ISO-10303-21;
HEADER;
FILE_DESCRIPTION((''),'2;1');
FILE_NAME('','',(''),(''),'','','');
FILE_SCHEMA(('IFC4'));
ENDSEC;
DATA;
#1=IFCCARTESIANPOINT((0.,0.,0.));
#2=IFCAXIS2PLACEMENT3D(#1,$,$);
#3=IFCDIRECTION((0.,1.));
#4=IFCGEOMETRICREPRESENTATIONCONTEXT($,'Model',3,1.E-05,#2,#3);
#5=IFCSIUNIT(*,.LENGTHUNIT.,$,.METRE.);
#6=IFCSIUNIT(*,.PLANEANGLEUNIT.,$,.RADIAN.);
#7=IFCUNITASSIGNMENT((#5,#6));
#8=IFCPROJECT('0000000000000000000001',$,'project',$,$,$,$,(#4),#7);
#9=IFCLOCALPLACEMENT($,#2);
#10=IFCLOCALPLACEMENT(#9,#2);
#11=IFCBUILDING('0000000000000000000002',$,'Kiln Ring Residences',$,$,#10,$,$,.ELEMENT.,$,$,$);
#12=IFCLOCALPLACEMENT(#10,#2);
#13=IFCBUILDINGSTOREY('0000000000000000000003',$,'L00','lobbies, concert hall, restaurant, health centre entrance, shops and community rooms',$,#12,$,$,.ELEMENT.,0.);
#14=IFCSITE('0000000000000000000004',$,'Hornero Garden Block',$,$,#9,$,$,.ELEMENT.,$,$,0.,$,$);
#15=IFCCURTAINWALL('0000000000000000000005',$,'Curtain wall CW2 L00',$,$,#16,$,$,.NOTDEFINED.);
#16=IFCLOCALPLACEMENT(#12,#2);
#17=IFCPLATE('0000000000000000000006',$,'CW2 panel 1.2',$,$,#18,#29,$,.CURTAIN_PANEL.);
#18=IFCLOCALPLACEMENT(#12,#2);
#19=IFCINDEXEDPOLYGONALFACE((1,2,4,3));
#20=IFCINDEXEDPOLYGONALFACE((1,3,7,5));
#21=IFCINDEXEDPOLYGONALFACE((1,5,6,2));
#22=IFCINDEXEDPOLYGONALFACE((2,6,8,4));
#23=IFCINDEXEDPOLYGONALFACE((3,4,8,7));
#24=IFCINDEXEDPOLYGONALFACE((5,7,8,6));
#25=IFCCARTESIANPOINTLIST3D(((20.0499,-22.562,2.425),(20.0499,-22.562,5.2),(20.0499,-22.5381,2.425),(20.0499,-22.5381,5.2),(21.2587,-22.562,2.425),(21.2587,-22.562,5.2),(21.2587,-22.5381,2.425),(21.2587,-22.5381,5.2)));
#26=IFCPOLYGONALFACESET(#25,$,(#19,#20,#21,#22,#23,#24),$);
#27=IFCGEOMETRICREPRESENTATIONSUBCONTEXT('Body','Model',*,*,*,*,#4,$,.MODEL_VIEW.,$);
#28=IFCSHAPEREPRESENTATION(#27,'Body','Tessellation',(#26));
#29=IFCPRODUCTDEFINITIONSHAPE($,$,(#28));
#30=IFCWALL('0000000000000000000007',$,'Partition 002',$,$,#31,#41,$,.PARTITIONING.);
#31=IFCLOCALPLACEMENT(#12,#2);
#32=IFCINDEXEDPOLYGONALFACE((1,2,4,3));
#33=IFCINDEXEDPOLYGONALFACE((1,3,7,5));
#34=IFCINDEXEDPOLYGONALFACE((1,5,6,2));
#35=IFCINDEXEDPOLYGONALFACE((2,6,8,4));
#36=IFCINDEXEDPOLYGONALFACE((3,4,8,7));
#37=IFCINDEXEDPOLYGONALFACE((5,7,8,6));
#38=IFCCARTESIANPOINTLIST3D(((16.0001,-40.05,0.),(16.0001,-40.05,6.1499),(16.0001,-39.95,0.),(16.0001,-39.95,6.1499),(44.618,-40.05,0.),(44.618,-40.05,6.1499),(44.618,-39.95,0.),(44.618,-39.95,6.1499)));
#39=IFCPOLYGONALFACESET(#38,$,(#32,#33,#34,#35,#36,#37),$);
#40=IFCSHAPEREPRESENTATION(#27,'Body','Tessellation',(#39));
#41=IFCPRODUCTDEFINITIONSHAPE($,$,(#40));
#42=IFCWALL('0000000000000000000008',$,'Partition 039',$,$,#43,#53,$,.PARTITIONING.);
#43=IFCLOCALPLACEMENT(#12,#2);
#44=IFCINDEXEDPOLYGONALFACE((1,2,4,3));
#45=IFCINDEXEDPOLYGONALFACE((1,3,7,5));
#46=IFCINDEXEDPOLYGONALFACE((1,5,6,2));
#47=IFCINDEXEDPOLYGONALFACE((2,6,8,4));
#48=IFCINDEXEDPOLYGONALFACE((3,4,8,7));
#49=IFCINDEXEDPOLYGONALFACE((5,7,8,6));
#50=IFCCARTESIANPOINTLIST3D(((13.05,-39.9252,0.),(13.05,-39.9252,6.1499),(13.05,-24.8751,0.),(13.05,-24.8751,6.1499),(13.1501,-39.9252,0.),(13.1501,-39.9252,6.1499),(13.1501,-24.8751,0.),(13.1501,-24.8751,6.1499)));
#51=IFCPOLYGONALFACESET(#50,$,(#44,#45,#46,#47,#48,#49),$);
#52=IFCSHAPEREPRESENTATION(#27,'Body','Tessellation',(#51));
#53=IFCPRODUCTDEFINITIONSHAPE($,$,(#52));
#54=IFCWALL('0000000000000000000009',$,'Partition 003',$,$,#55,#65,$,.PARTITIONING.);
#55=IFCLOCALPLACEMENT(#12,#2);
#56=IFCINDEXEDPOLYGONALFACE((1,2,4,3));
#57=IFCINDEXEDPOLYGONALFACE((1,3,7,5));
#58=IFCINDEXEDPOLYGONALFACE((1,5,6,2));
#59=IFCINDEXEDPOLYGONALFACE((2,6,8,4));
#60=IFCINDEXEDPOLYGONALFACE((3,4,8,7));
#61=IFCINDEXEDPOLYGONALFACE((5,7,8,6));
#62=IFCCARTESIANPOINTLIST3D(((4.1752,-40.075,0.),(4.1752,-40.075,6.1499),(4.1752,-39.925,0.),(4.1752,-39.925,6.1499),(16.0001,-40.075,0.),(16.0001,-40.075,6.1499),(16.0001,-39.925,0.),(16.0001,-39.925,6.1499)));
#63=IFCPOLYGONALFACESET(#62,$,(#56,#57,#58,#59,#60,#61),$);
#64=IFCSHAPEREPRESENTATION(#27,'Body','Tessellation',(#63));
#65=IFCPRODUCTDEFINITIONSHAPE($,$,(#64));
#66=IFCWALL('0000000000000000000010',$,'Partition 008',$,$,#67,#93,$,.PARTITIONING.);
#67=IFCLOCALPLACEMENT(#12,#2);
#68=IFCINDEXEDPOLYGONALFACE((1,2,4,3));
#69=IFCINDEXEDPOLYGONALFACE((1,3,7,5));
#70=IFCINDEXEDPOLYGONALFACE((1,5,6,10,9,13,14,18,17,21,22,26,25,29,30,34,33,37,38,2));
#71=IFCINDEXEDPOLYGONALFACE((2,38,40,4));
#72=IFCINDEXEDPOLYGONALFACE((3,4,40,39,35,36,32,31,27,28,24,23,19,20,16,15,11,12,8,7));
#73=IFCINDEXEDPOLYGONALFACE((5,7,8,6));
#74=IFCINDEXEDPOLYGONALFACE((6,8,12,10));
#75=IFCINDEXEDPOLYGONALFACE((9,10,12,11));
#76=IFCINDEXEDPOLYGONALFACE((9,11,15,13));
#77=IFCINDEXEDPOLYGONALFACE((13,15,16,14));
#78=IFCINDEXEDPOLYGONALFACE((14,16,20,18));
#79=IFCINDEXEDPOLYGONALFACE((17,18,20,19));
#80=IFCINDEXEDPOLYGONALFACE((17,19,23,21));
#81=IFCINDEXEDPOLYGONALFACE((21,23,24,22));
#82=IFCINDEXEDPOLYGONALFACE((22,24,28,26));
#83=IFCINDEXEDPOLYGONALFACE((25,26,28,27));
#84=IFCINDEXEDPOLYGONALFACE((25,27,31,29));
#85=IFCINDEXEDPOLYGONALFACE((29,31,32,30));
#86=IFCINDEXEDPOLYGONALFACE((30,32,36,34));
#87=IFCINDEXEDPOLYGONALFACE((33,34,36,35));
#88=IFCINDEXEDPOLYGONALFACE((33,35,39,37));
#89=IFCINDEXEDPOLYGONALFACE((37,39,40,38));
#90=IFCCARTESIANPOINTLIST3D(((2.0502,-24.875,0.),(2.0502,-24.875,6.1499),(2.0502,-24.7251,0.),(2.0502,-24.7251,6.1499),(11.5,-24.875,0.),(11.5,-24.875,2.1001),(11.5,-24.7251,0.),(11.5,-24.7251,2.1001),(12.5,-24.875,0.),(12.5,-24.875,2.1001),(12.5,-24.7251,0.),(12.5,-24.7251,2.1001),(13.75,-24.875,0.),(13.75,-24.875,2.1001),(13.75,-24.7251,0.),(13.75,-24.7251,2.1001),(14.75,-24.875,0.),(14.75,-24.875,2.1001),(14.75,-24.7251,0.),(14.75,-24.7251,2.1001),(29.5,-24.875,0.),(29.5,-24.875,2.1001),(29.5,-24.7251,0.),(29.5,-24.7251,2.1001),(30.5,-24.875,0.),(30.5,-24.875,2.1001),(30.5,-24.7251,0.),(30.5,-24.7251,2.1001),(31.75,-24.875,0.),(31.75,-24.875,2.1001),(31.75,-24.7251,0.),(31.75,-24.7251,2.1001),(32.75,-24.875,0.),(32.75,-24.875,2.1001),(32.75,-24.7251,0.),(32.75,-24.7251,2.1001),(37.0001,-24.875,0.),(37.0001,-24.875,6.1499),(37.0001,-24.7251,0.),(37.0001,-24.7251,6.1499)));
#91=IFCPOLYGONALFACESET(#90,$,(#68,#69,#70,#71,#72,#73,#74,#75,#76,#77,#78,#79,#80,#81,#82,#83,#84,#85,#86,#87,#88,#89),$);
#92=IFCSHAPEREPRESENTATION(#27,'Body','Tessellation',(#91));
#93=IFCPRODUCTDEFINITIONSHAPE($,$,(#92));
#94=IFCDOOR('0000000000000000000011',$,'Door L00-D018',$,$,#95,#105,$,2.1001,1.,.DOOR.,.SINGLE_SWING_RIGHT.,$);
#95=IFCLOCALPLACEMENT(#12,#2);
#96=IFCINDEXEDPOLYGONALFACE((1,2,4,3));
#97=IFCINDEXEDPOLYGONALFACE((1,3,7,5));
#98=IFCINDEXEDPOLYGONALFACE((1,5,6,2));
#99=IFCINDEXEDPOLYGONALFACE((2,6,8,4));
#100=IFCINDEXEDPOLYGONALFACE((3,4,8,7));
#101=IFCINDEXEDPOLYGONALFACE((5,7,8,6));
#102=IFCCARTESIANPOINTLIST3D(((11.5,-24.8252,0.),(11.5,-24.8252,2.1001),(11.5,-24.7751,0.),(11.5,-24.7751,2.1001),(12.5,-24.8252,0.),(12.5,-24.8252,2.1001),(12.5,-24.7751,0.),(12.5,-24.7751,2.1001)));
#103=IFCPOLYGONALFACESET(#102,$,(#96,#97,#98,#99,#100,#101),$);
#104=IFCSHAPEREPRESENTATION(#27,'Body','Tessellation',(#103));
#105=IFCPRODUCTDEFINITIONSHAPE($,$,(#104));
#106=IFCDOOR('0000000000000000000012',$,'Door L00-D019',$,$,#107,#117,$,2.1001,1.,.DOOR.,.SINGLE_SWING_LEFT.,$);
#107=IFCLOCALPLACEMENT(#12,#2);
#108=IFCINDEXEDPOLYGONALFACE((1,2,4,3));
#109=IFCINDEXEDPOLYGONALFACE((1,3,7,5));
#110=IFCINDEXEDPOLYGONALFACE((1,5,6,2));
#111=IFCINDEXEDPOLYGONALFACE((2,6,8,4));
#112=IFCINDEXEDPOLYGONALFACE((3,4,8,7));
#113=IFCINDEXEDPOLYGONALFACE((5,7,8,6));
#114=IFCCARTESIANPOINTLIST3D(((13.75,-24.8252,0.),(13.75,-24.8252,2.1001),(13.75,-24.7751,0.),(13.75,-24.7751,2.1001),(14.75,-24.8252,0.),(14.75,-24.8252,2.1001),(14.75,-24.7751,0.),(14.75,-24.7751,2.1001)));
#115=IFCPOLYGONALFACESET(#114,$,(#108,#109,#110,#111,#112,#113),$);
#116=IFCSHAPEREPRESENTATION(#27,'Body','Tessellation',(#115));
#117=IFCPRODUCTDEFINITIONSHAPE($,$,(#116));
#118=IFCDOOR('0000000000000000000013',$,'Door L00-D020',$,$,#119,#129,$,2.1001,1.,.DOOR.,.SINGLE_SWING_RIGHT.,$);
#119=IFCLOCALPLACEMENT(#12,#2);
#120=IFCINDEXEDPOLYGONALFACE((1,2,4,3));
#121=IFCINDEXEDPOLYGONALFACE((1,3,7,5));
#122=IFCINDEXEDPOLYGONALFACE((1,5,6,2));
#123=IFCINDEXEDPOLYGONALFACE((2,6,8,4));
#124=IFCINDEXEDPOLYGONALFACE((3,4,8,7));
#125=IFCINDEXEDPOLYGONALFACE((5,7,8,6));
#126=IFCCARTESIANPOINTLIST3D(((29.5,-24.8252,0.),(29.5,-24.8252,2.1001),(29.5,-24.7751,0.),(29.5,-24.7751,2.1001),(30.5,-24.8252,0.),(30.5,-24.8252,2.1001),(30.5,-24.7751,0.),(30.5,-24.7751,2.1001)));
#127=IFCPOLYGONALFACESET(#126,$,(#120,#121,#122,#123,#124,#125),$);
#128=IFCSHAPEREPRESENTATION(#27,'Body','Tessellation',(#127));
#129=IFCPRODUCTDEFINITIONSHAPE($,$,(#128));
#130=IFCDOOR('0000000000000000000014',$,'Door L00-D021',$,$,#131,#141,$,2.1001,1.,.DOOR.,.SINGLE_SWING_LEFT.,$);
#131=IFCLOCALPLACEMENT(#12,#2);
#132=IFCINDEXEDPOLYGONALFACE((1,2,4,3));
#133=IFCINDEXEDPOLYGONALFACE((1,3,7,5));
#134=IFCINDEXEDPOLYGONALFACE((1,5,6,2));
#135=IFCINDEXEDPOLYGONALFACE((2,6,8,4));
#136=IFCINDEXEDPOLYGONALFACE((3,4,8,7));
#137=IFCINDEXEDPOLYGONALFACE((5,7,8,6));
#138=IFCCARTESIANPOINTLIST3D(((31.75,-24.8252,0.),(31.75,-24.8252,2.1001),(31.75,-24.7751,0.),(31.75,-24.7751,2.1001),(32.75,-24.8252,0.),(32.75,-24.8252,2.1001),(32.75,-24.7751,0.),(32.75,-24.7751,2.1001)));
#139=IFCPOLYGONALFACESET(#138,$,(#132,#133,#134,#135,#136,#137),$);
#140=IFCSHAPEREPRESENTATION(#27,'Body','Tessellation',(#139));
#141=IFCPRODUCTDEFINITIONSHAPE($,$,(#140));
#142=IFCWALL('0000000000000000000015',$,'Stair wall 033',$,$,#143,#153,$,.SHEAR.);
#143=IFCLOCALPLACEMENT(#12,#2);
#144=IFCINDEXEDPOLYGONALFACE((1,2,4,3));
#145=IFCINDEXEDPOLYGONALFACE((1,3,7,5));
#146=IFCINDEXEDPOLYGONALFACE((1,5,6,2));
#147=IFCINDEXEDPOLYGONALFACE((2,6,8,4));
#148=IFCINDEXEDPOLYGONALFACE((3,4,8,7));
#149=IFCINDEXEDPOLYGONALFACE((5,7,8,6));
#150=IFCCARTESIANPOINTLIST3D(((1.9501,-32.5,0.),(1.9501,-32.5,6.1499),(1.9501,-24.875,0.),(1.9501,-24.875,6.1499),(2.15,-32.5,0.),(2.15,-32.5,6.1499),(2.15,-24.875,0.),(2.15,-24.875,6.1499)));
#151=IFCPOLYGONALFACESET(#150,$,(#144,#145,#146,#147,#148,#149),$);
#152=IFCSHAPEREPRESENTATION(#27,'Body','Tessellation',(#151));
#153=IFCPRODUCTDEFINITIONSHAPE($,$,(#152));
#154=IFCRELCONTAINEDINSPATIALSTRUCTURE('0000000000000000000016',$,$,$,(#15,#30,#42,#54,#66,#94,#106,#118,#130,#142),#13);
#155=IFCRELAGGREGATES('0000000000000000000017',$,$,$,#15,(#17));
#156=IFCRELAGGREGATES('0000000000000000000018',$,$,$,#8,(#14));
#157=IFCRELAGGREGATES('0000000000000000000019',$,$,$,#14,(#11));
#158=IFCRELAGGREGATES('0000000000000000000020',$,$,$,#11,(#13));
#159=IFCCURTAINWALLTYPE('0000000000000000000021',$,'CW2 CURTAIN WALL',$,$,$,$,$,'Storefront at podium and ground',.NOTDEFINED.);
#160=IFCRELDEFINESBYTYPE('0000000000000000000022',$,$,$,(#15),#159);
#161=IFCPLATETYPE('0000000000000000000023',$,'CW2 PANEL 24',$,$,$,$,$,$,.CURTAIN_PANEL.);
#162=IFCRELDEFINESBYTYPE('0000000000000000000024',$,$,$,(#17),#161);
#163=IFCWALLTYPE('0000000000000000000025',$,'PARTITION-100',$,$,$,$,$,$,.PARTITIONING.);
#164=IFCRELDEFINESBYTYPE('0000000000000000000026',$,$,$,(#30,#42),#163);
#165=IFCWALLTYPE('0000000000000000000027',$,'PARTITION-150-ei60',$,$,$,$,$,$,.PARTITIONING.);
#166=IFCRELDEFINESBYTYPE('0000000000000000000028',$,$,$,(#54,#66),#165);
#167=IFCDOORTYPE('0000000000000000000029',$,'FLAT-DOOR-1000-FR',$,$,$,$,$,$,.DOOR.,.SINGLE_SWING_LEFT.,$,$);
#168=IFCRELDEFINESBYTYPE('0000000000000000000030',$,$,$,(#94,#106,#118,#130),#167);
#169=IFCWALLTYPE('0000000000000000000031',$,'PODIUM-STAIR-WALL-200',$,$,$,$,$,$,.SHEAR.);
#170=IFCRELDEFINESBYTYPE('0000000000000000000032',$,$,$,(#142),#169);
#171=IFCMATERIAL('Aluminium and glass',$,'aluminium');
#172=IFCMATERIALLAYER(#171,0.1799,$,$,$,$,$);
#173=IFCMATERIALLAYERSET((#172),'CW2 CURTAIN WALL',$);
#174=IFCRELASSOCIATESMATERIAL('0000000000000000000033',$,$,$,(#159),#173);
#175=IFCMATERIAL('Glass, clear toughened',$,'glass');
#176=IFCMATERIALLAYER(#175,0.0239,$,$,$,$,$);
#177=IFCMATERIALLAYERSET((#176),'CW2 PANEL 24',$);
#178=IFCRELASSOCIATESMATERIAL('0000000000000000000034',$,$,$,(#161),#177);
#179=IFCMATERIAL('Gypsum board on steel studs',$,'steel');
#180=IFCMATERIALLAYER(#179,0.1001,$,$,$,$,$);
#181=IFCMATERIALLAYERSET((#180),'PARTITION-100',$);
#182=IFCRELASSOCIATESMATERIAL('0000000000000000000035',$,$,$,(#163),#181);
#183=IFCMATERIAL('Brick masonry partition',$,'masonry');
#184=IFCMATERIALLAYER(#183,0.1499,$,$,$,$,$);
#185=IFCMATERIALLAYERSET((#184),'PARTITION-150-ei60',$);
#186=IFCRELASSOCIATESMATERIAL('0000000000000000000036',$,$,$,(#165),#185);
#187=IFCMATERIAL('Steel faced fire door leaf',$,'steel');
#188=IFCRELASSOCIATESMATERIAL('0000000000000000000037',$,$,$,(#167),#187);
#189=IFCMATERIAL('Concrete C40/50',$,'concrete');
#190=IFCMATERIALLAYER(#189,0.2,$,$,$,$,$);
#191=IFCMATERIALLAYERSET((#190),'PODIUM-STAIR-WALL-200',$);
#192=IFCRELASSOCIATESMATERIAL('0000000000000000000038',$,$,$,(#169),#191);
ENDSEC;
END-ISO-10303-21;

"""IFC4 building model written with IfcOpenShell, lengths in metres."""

from ifc_helpers import new_model, si_unit, direction, frame, frame_2d, origin, origin_2d, place, context, subcontext, project, spatial, rectangle, extrude, material, layer, layer_set, type_object, element, fill, aggregate, save


model = new_model("IFC4")

# Units and contexts
model_context = context("Model", 3, precision=1e-05, world=origin(), true_north=direction((0.0, 1.0)))
body_context = subcontext(model_context, "Body", "Model", "MODEL_VIEW")
ifc_project = project(units=[si_unit("LENGTHUNIT", "METRE"), si_unit("PLANEANGLEUNIT", "RADIAN")], contexts=[model_context])

# Site, building, storey
site_placement = place(None, origin())
site = spatial("IfcSite", under=ifc_project, at=site_placement, Name="Hornero Garden Block", CompositionType="ELEMENT", RefElevation=0.0)
building_placement = place(site_placement, origin())
building = spatial("IfcBuilding", under=site, at=building_placement, Name="Kiln Ring Residences", CompositionType="ELEMENT")
storey_placement = place(building_placement, origin())
storey = spatial("IfcBuildingStorey", under=building, at=storey_placement, Name="L00", Description="lobbies, concert hall, restaurant, health centre entrance, shops and community rooms", CompositionType="ELEMENT", Elevation=0.0)

# Curtain wall, plate
ifc_material_1 = material(Name="Aluminium and glass", Category="aluminium")
ifc_layer_1 = layer(ifc_material_1, 0.1799)
ifc_layer_set_1 = layer_set([ifc_layer_1], Name="CW2 CURTAIN WALL")
curtain_wall_type = type_object("IfcCurtainWallType", Name="CW2 CURTAIN WALL", ElementType="Storefront at podium and ground", PredefinedType="NOTDEFINED", material=ifc_layer_set_1)
placement = place(storey_placement, origin())
curtain_wall = element("IfcCurtainWall", 1, at=placement, inside=storey, type_object=curtain_wall_type, Name="Curtain wall CW2 L00", PredefinedType="NOTDEFINED")
ifc_material_2 = material(Name="Glass, clear toughened", Category="glass")
ifc_layer_2 = layer(ifc_material_2, 0.0239)
ifc_layer_set_2 = layer_set([ifc_layer_2], Name="CW2 PANEL 24")
plate_type = type_object("IfcPlateType", Name="CW2 PANEL 24", PredefinedType="CURTAIN_PANEL", material=ifc_layer_set_2)
plate_1_placement = place(storey_placement, frame((20.6543, -22.55, 2.425), z_axis=(0.0, 0.0, 1.0), x_axis=(-1.0, 0.0, 0.0)))
plate_1 = element("IfcPlate", 2, at=plate_1_placement, type_object=plate_type, Name="CW2 panel 1.2", PredefinedType="CURTAIN_PANEL", context=body_context, shape_type="SweptSolid", body=[
    extrude(rectangle(XDim=1.2087, YDim=0.0239, at=origin_2d()), origin(), (0.0, 0.0, 1.0), 2.7749),
])
aggregate(curtain_wall, [plate_1])

# Walls
ifc_material_3 = material(Name="Gypsum board on steel studs", Category="steel")
ifc_layer_3 = layer(ifc_material_3, 0.1001)
ifc_layer_set_3 = layer_set([ifc_layer_3], Name="PARTITION-100")
wall_type_1 = type_object("IfcWallType", Name="PARTITION-100", PredefinedType="PARTITIONING", material=ifc_layer_set_3)
wall_1_placement = place(storey_placement, frame((16.0, -40.0, 0.0), z_axis=(0.0, 0.0, 1.0), x_axis=(1.0, 0.0, 0.0)))
element("IfcWall", 3, at=wall_1_placement, inside=storey, type_object=wall_type_1, Name="Partition 002", PredefinedType="PARTITIONING", context=body_context, shape_type="SweptSolid", body=[
    extrude(rectangle(XDim=28.6179, YDim=0.1001, at=frame_2d((14.3091, 0.0))), origin(), (0.0, 0.0, 1.0), 6.1499),
])
wall_2_placement = place(storey_placement, frame((13.1001, -39.925, 0.0), z_axis=(0.0, 0.0, 1.0), x_axis=(0.0, 1.0, 0.0)))
element("IfcWall", 4, at=wall_2_placement, inside=storey, type_object=wall_type_1, Name="Partition 039", PredefinedType="PARTITIONING", context=body_context, shape_type="SweptSolid", body=[
    extrude(rectangle(XDim=15.05, YDim=0.1001, at=frame_2d((7.5249, 0.0))), origin(), (0.0, 0.0, 1.0), 6.1499),
])
ifc_material_4 = material(Name="Brick masonry partition", Category="masonry")
ifc_layer_4 = layer(ifc_material_4, 0.1499)
ifc_layer_set_4 = layer_set([ifc_layer_4], Name="PARTITION-150-ei60")
wall_type_2 = type_object("IfcWallType", Name="PARTITION-150-ei60", PredefinedType="PARTITIONING", material=ifc_layer_set_4)
wall_3_placement = place(storey_placement, frame((4.175, -40.0, 0.0), z_axis=(0.0, 0.0, 1.0), x_axis=(1.0, 0.0, 0.0)))
element("IfcWall", 5, at=wall_3_placement, inside=storey, type_object=wall_type_2, Name="Partition 003", PredefinedType="PARTITIONING", context=body_context, shape_type="SweptSolid", body=[
    extrude(rectangle(XDim=11.825, YDim=0.1499, at=frame_2d((5.9126, 0.0))), origin(), (0.0, 0.0, 1.0), 6.1499),
])

# Wall, openings, doors
wall_4_placement = place(storey_placement, frame((2.05, -24.8, 0.0), z_axis=(0.0, 0.0, 1.0), x_axis=(1.0, 0.0, 0.0)))
wall_4 = element("IfcWall", 6, at=wall_4_placement, inside=storey, type_object=wall_type_2, Name="Partition 008", PredefinedType="PARTITIONING", context=body_context, shape_type="SweptSolid", body=[
    extrude(rectangle(XDim=34.95, YDim=0.1499, at=frame_2d((17.4751, 0.0))), origin(), (0.0, 0.0, 1.0), 6.1499),
])
opening_1_placement = place(wall_4_placement, frame((9.45, 0.0, 0.0)))
opening_1 = element("IfcOpeningElement", 7, at=opening_1_placement, cuts=wall_4, PredefinedType="OPENING", context=body_context, shape_type="SweptSolid", body=[
    extrude(rectangle(XDim=1.0, YDim=2.1001, at=frame_2d((0.5, 1.05))), frame((0.0, 0.085, 0.0), z_axis=(0.0, -1.0, 0.0), x_axis=(1.0, 0.0, 0.0)), (0.0, 0.0, 1.0), 0.1699),
])
opening_2_placement = place(wall_4_placement, frame((11.7, 0.0, 0.0)))
opening_2 = element("IfcOpeningElement", 8, at=opening_2_placement, cuts=wall_4, PredefinedType="OPENING", context=body_context, shape_type="SweptSolid", body=[
    extrude(rectangle(XDim=1.0, YDim=2.1001, at=frame_2d((0.5, 1.05))), frame((0.0, 0.085, 0.0), z_axis=(0.0, -1.0, 0.0), x_axis=(1.0, 0.0, 0.0)), (0.0, 0.0, 1.0), 0.1699),
])
opening_3_placement = place(wall_4_placement, frame((27.45, 0.0, 0.0)))
opening_3 = element("IfcOpeningElement", 9, at=opening_3_placement, cuts=wall_4, PredefinedType="OPENING", context=body_context, shape_type="SweptSolid", body=[
    extrude(rectangle(XDim=1.0, YDim=2.1001, at=frame_2d((0.5, 1.05))), frame((0.0, 0.085, 0.0), z_axis=(0.0, -1.0, 0.0), x_axis=(1.0, 0.0, 0.0)), (0.0, 0.0, 1.0), 0.1699),
])
opening_4_placement = place(wall_4_placement, frame((29.7, 0.0, 0.0)))
opening_4 = element("IfcOpeningElement", 10, at=opening_4_placement, cuts=wall_4, PredefinedType="OPENING", context=body_context, shape_type="SweptSolid", body=[
    extrude(rectangle(XDim=1.0, YDim=2.1001, at=frame_2d((0.5, 1.05))), frame((0.0, 0.085, 0.0), z_axis=(0.0, -1.0, 0.0), x_axis=(1.0, 0.0, 0.0)), (0.0, 0.0, 1.0), 0.1699),
])
ifc_material_5 = material(Name="Steel faced fire door leaf", Category="steel")
door_type = type_object("IfcDoorType", Name="FLAT-DOOR-1000-FR", OperationType="SINGLE_SWING_LEFT", PredefinedType="DOOR", material=ifc_material_5)
door_1_placement = place(opening_1_placement, origin())
door_1 = element("IfcDoor", 11, at=door_1_placement, inside=storey, type_object=door_type, Name="Door L00-D018", OperationType="SINGLE_SWING_RIGHT", OverallHeight=2.1001, OverallWidth=1.0, PredefinedType="DOOR", context=body_context, shape_type="SweptSolid", body=[
    extrude(rectangle(XDim=1.0, YDim=2.1001, at=frame_2d((0.5, 1.05))), frame((0.0, 0.0249, 0.0), z_axis=(0.0, -1.0, 0.0), x_axis=(1.0, 0.0, 0.0)), (0.0, 0.0, 1.0), 0.05),
])
fill(opening_1, door_1)
door_2_placement = place(opening_2_placement, origin())
door_2 = element("IfcDoor", 12, at=door_2_placement, inside=storey, type_object=door_type, Name="Door L00-D019", OperationType="SINGLE_SWING_LEFT", OverallHeight=2.1001, OverallWidth=1.0, PredefinedType="DOOR", context=body_context, shape_type="SweptSolid", body=[
    extrude(rectangle(XDim=1.0, YDim=2.1001, at=frame_2d((0.5, 1.05))), frame((0.0, 0.0249, 0.0), z_axis=(0.0, -1.0, 0.0), x_axis=(1.0, 0.0, 0.0)), (0.0, 0.0, 1.0), 0.05),
])
fill(opening_2, door_2)
door_3_placement = place(opening_3_placement, origin())
door_3 = element("IfcDoor", 13, at=door_3_placement, inside=storey, type_object=door_type, Name="Door L00-D020", OperationType="SINGLE_SWING_RIGHT", OverallHeight=2.1001, OverallWidth=1.0, PredefinedType="DOOR", context=body_context, shape_type="SweptSolid", body=[
    extrude(rectangle(XDim=1.0, YDim=2.1001, at=frame_2d((0.5, 1.05))), frame((0.0, 0.0249, 0.0), z_axis=(0.0, -1.0, 0.0), x_axis=(1.0, 0.0, 0.0)), (0.0, 0.0, 1.0), 0.05),
])
fill(opening_3, door_3)
door_4_placement = place(opening_4_placement, origin())
door_4 = element("IfcDoor", 14, at=door_4_placement, inside=storey, type_object=door_type, Name="Door L00-D021", OperationType="SINGLE_SWING_LEFT", OverallHeight=2.1001, OverallWidth=1.0, PredefinedType="DOOR", context=body_context, shape_type="SweptSolid", body=[
    extrude(rectangle(XDim=1.0, YDim=2.1001, at=frame_2d((0.5, 1.05))), frame((0.0, 0.0249, 0.0), z_axis=(0.0, -1.0, 0.0), x_axis=(1.0, 0.0, 0.0)), (0.0, 0.0, 1.0), 0.05),
])
fill(opening_4, door_4)

# Wall
ifc_material_6 = material(Name="Concrete C40/50", Category="concrete")
ifc_layer_5 = layer(ifc_material_6, 0.2)
ifc_layer_set_5 = layer_set([ifc_layer_5], Name="PODIUM-STAIR-WALL-200")
wall_type_3 = type_object("IfcWallType", Name="PODIUM-STAIR-WALL-200", PredefinedType="SHEAR", material=ifc_layer_set_5)
wall_5_placement = place(storey_placement, frame((2.05, -32.5, 0.0), z_axis=(0.0, 0.0, 1.0), x_axis=(0.0, 1.0, 0.0)))
element("IfcWall", 15, at=wall_5_placement, inside=storey, type_object=wall_type_3, Name="Stair wall 033", PredefinedType="SHEAR", context=body_context, shape_type="SweptSolid", body=[
    extrude(rectangle(XDim=7.625, YDim=0.2, at=frame_2d((3.8125, 0.0))), origin(), (0.0, 0.0, 1.0), 6.1499),
])

save(model, "model.ifc")
